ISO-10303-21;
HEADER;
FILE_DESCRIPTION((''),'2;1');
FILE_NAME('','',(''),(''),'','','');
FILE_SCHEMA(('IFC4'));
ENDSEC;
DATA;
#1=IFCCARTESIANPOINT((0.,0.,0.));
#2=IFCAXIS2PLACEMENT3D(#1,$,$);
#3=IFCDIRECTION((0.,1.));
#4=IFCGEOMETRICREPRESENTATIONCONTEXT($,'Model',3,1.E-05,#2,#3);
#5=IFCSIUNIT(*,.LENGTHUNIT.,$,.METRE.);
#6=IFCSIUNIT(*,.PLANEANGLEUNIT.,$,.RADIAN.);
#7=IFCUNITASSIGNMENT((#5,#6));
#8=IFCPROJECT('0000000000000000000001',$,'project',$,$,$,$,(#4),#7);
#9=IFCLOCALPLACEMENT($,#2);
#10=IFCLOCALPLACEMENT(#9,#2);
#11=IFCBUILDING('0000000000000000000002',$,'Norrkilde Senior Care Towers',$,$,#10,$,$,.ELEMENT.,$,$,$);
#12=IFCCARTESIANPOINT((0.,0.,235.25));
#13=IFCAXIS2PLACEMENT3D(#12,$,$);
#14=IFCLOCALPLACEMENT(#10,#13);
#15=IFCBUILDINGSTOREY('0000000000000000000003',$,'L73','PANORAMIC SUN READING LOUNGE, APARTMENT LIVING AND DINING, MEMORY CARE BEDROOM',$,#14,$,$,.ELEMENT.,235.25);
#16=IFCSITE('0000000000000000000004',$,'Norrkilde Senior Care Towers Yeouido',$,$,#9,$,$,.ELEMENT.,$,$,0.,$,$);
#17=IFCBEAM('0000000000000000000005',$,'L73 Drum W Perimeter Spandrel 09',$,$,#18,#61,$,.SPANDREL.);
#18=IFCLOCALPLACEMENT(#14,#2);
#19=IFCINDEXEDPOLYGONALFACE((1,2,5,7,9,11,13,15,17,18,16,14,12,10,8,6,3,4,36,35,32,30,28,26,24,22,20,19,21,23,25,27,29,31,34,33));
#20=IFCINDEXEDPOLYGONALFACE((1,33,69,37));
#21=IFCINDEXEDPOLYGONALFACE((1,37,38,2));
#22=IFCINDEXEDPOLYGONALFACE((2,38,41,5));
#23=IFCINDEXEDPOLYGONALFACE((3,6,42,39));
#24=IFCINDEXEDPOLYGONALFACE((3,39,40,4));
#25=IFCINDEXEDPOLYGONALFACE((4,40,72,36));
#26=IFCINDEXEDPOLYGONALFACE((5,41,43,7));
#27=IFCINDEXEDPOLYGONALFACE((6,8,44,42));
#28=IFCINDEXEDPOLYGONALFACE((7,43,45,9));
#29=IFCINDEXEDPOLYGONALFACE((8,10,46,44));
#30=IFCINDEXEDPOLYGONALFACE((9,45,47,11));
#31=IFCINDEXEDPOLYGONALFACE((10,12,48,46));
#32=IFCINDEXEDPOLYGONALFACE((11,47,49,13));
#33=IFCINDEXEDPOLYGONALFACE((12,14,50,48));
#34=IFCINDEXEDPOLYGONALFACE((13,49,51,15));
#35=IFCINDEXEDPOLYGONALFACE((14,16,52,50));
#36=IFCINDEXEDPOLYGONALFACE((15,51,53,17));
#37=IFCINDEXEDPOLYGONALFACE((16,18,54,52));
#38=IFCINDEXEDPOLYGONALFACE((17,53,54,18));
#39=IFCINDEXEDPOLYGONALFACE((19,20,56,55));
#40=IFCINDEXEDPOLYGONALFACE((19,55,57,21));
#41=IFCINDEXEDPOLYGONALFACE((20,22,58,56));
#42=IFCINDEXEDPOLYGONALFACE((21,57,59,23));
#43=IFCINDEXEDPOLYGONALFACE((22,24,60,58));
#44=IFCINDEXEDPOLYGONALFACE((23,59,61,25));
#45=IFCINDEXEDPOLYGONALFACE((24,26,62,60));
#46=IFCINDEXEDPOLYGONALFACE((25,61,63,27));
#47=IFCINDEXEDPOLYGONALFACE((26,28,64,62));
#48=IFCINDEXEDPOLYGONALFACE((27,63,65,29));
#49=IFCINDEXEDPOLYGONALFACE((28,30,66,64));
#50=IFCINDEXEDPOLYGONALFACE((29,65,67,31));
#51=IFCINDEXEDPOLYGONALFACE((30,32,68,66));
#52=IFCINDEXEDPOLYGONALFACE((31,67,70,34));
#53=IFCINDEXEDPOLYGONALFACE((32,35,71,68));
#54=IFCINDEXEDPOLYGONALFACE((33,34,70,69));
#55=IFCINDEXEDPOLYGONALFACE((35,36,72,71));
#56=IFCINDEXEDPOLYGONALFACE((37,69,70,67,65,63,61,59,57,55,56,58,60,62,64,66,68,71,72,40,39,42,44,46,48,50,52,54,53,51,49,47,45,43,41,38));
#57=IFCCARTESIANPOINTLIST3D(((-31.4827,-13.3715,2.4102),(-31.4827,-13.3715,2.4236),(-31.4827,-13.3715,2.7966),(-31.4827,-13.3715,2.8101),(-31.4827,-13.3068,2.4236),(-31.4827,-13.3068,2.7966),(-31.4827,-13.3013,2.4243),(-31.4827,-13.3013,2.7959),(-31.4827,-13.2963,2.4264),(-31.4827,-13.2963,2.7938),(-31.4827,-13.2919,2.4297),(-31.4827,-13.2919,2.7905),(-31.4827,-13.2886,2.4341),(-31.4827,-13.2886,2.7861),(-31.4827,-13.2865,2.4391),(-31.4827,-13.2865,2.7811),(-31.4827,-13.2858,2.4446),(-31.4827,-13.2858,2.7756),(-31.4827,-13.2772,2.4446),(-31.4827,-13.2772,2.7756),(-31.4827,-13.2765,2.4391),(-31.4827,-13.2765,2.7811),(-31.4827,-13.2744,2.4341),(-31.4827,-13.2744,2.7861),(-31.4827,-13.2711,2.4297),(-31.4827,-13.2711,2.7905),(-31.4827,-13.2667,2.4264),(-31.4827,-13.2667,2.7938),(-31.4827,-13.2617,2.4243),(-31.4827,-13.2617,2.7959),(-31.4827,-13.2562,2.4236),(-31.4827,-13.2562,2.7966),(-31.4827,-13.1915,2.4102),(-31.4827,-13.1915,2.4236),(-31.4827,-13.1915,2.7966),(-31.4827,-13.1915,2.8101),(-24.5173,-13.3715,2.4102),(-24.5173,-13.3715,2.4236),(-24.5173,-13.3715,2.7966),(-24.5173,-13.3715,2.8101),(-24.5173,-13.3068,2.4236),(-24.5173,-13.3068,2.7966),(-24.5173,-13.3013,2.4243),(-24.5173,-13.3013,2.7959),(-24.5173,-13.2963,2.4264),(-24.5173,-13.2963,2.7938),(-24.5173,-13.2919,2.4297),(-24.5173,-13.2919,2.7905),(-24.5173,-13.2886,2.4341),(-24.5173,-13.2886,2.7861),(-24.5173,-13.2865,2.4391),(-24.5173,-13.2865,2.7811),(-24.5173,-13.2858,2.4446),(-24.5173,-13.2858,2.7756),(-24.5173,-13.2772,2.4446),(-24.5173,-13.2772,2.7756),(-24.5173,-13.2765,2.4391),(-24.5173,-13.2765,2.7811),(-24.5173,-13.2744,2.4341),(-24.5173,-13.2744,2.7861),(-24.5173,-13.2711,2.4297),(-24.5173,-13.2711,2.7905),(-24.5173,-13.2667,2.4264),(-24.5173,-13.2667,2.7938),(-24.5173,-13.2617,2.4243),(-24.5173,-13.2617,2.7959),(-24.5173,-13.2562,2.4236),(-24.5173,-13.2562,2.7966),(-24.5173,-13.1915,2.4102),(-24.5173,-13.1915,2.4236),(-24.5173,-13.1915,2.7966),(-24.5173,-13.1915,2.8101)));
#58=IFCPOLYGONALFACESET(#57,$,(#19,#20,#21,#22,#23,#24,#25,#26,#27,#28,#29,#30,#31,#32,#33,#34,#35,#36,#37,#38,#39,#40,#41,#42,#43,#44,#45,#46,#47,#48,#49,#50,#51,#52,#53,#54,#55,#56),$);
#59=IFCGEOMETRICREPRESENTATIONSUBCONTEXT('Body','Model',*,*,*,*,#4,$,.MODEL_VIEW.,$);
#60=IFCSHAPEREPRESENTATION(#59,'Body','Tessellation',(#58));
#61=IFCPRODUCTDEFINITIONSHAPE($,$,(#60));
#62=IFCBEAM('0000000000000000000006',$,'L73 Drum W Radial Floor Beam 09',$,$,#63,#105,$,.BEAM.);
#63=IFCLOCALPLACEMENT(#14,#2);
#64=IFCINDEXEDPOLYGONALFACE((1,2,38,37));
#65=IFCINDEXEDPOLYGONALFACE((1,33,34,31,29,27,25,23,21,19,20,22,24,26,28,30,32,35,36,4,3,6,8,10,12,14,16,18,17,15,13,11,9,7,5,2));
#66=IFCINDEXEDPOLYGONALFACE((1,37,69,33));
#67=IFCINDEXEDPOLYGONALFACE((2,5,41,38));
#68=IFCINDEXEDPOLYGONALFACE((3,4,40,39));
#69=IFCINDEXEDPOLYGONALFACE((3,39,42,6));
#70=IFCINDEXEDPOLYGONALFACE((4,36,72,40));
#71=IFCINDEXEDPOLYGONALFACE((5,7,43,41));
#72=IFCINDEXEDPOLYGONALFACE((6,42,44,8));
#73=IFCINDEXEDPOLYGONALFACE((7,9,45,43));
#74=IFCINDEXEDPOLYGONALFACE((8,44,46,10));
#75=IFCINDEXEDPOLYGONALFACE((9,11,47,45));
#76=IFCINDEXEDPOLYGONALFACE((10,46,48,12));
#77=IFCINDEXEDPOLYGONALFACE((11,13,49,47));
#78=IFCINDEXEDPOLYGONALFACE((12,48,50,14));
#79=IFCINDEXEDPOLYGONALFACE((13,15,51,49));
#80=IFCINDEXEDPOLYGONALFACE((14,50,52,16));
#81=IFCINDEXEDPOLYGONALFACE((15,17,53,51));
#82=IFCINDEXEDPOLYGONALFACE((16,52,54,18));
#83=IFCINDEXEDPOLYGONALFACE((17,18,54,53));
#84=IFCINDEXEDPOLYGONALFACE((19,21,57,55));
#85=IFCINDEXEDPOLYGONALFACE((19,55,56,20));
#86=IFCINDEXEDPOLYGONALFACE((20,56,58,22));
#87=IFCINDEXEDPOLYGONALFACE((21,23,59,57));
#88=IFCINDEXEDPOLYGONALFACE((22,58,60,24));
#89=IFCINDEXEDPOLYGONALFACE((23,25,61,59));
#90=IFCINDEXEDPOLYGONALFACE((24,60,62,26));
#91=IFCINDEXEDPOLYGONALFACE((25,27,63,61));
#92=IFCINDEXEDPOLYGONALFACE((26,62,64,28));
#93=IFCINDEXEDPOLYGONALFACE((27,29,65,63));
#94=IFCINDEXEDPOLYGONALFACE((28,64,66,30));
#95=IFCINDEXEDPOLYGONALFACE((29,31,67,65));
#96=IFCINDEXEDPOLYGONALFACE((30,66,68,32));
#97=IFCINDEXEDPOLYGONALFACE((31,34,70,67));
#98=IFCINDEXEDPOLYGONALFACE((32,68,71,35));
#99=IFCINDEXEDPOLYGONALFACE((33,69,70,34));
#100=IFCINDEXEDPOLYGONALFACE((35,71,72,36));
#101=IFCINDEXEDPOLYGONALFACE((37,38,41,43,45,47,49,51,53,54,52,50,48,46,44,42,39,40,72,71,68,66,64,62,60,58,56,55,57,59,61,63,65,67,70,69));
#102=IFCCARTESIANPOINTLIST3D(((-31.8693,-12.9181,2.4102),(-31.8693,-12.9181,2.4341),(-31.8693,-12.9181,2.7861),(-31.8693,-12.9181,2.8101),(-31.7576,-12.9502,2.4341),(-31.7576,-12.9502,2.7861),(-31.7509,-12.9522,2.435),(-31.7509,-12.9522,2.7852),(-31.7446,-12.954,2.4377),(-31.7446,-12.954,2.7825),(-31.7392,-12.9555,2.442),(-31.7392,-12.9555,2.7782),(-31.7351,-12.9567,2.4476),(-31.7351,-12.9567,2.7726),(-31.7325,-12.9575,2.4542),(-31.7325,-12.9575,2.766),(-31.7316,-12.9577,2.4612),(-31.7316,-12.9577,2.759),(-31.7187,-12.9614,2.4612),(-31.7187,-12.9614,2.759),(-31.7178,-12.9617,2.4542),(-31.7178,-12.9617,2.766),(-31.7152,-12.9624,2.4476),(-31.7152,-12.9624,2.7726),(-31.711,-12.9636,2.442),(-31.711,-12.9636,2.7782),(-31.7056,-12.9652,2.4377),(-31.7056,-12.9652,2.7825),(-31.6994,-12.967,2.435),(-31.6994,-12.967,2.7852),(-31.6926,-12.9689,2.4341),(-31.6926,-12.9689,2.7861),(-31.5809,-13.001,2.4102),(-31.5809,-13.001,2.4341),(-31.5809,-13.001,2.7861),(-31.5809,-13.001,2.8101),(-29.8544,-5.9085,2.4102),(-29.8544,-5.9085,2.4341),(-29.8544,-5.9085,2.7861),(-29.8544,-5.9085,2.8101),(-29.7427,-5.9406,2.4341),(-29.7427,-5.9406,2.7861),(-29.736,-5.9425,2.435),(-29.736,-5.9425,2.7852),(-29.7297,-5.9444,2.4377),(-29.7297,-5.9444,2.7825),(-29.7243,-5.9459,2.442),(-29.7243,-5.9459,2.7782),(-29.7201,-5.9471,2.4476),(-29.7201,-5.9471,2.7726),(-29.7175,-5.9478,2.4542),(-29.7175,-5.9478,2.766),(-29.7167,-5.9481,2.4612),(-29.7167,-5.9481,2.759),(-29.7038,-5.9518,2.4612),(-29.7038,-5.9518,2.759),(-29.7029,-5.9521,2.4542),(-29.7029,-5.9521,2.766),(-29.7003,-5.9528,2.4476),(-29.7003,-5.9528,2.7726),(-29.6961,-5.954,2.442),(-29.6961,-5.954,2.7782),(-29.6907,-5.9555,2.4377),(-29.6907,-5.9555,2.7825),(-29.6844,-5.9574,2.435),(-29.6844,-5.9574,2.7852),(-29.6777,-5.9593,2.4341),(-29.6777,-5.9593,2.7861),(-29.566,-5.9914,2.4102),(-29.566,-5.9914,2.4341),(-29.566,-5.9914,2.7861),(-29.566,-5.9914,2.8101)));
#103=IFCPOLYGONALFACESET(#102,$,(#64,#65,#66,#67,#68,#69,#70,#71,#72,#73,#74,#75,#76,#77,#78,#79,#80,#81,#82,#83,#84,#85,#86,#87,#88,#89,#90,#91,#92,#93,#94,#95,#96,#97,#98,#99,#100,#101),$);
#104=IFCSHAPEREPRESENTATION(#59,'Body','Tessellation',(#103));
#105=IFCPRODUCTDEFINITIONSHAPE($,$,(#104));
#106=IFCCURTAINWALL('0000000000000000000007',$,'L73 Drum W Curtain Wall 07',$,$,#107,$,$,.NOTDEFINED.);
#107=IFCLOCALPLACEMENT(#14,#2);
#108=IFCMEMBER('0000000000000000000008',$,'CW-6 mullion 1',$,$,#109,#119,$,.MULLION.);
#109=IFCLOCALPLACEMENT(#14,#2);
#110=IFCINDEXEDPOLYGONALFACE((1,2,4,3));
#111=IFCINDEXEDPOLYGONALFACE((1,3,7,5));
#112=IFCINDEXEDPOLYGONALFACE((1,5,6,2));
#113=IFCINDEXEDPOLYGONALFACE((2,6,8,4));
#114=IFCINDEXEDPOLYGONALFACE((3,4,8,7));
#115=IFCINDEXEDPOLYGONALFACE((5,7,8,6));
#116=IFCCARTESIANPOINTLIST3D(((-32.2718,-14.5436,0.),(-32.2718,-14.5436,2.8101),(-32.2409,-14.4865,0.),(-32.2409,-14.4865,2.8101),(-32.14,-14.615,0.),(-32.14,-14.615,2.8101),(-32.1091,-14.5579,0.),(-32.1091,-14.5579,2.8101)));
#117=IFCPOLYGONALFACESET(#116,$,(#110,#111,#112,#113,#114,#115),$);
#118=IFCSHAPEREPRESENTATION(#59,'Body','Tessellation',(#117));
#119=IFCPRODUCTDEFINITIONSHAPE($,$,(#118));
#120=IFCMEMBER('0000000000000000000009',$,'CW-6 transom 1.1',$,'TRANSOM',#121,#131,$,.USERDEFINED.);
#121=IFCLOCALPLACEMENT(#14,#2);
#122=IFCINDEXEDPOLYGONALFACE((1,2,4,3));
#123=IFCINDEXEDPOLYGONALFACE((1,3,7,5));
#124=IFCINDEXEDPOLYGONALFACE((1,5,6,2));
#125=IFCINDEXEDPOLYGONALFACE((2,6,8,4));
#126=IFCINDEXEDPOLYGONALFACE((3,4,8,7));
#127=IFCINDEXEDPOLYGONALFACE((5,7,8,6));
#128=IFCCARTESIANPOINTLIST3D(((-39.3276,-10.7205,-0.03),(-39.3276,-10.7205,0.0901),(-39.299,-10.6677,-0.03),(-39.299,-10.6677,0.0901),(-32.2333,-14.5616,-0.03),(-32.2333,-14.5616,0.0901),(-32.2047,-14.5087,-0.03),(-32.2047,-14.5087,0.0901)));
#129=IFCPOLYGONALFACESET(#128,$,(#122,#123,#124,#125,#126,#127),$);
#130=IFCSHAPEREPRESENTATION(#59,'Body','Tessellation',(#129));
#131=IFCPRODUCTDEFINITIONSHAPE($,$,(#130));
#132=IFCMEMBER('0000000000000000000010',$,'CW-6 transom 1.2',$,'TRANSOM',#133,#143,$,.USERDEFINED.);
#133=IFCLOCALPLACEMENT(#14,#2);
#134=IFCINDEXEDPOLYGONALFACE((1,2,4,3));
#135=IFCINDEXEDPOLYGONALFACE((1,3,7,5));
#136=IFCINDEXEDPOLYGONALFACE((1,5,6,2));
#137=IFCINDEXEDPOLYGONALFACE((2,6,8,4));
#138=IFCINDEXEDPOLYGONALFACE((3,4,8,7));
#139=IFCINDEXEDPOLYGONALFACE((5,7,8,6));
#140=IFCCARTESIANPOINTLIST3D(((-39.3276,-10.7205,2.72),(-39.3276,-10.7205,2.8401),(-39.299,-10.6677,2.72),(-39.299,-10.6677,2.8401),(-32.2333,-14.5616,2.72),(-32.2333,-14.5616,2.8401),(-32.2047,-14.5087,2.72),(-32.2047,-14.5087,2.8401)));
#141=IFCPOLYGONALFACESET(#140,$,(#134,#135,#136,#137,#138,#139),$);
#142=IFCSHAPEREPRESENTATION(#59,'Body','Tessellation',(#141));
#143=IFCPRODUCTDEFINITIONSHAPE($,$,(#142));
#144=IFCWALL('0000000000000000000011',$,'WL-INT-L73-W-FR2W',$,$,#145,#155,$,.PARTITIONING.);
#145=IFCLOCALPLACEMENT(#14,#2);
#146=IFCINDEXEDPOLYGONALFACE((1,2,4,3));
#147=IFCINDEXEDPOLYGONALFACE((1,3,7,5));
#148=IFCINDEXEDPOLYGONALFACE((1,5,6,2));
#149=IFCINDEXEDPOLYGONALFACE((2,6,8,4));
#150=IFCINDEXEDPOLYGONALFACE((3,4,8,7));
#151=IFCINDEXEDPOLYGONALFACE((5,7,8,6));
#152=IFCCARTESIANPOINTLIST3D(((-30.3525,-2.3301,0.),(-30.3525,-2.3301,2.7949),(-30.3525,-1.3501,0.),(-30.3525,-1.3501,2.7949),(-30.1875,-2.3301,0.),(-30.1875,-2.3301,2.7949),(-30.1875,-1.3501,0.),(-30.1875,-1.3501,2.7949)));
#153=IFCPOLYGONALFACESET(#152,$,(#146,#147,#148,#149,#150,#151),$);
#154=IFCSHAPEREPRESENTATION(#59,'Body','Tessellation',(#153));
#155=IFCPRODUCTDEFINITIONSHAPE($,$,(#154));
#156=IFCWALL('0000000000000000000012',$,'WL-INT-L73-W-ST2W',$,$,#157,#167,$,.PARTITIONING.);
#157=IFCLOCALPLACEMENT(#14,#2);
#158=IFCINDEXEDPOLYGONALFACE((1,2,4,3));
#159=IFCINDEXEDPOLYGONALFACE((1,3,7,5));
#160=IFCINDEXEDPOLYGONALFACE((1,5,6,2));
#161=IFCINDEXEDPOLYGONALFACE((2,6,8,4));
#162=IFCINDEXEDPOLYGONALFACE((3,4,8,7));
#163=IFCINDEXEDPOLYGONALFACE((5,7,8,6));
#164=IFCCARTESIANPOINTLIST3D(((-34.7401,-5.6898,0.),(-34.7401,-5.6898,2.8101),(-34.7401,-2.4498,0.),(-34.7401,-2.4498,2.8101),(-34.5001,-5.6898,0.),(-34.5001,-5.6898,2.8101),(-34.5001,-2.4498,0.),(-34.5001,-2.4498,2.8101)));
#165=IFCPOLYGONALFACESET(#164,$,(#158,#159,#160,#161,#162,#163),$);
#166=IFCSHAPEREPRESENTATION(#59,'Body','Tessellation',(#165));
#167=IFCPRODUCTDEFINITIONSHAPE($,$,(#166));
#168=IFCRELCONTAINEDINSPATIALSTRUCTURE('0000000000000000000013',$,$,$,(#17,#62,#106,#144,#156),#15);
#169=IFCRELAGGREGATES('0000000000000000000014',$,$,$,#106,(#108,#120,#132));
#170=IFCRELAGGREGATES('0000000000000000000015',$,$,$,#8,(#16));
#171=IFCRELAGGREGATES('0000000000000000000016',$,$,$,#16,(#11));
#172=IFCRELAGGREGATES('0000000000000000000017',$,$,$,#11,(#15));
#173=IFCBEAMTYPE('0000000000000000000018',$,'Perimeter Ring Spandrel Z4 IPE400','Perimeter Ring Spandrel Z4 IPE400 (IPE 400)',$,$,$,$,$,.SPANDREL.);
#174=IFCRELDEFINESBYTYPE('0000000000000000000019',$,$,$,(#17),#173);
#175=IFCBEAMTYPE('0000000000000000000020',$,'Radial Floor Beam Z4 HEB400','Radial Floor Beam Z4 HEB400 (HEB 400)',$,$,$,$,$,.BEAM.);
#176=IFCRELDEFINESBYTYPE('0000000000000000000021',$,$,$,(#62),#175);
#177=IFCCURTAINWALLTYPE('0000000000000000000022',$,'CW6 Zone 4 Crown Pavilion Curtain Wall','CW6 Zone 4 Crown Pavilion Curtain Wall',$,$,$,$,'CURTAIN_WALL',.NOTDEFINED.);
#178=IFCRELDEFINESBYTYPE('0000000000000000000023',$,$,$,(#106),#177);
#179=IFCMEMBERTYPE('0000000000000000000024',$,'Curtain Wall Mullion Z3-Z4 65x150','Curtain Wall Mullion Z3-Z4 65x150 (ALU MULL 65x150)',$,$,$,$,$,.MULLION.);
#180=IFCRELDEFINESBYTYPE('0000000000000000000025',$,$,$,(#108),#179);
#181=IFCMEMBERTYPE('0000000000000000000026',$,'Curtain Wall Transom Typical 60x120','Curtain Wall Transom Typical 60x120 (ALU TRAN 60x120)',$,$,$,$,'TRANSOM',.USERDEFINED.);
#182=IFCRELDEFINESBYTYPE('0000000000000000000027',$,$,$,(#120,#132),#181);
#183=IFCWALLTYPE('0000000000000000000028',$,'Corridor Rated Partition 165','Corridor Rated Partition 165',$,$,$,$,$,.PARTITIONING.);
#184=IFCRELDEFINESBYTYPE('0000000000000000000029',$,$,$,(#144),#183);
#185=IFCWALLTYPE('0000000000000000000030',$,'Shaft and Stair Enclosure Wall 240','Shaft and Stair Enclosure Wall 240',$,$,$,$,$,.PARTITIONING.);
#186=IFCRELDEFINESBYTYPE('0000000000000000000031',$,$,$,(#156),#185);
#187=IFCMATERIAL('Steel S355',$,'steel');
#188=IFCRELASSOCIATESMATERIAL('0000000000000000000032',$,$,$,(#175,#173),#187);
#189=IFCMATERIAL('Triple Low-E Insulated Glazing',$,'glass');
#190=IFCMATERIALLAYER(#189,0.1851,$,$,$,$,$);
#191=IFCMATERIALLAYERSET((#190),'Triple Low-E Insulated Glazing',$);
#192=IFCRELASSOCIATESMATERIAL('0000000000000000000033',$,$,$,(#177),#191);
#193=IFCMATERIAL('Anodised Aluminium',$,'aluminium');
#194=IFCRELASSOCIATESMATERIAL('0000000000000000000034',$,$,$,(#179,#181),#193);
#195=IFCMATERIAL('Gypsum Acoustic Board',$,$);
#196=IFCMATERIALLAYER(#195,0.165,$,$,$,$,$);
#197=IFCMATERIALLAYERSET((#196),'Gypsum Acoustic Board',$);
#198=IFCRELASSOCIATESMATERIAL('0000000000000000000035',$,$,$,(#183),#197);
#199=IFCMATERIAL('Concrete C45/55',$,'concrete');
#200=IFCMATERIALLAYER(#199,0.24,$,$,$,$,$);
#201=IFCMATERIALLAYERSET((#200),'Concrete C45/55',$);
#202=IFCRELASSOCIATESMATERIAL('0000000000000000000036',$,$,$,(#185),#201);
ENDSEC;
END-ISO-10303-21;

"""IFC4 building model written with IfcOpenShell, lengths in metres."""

from ifc_helpers import new_model, si_unit, direction, frame, frame_2d, origin, origin_2d, place, context, subcontext, project, spatial, rectangle, i_section, extrude, source, transform, mapped, material, layer, layer_set, material_profile, profile_set, type_object, type_shapes, element, aggregate, save


model = new_model("IFC4")

# Units and contexts
model_context = context("Model", 3, precision=1e-05, world=origin(), true_north=direction((0.0, 1.0)))
body_context = subcontext(model_context, "Body", "Model", "MODEL_VIEW")
ifc_project = project(units=[si_unit("LENGTHUNIT", "METRE"), si_unit("PLANEANGLEUNIT", "RADIAN")], contexts=[model_context])

# Site, building, storey
site_placement = place(None, origin())
site = spatial("IfcSite", under=ifc_project, at=site_placement, Name="Norrkilde Senior Care Towers Yeouido", CompositionType="ELEMENT", RefElevation=0.0)
building_placement = place(site_placement, origin())
building = spatial("IfcBuilding", under=site, at=building_placement, Name="Norrkilde Senior Care Towers", CompositionType="ELEMENT")
storey_placement = place(building_placement, frame((0.0, 0.0, 235.25)))
storey = spatial("IfcBuildingStorey", under=building, at=storey_placement, Name="L73", Description="PANORAMIC SUN READING LOUNGE, APARTMENT LIVING AND DINING, MEMORY CARE BEDROOM", CompositionType="ELEMENT", Elevation=235.25)

# Beams
ifc_material_1 = material(Name="Steel S355", Category="steel")
ifc_material_profile_1 = material_profile(ifc_material_1, i_section(OverallWidth=0.3, OverallDepth=0.3999, WebThickness=0.0134, FlangeThickness=0.0239, FilletRadius=0.0271, at=origin_2d()), Name="HEB 400")
ifc_profile_set_1 = profile_set([ifc_material_profile_1], Name="Steel S355")
beam_type_1 = type_object("IfcBeamType", Name="Radial Floor Beam Z4 HEB400", Description="Radial Floor Beam Z4 HEB400 (HEB 400)", PredefinedType="BEAM", material=ifc_profile_set_1)
ifc_material_profile_2 = material_profile(ifc_material_1, i_section(OverallWidth=0.1799, OverallDepth=0.3999, WebThickness=0.0085, FlangeThickness=0.0134, FilletRadius=0.021, at=origin_2d()), Name="IPE 400")
ifc_profile_set_2 = profile_set([ifc_material_profile_2], Name="Steel S355")
beam_type_2 = type_object("IfcBeamType", Name="Perimeter Ring Spandrel Z4 IPE400", Description="Perimeter Ring Spandrel Z4 IPE400 (IPE 400)", PredefinedType="SPANDREL", material=ifc_profile_set_2)
shared_shape_1 = source(origin(), body_context, "Body", "SweptSolid", [
    extrude(i_section(OverallWidth=0.1799, OverallDepth=0.3999, WebThickness=0.0085, FlangeThickness=0.0134, FilletRadius=0.021, at=origin_2d()), origin(), (0.0, 0.0, 1.0), 6.9653),
])
type_shapes(beam_type_2, [shared_shape_1])
beam_1_placement = place(storey_placement, frame((-31.4827, -13.2815, 2.6101), z_axis=(1.0, 0.0, 0.0), x_axis=(0.0, 1.0, 0.0)))
element("IfcBeam", 1, at=beam_1_placement, inside=storey, type_object=beam_type_2, Name="L73 Drum W Perimeter Spandrel 09", PredefinedType="SPANDREL", context=body_context, shape_type="MappedRepresentation", body=[
    mapped(shared_shape_1, transform((0.0, 0.0, 0.0), x_axis=(1.0, 0.0, 0.0), y_axis=(0.0, 1.0, 0.0), z_axis=(0.0, 0.0, 1.0), scale=1.0)),
])
shared_shape_2 = source(origin(), body_context, "Body", "SweptSolid", [
    extrude(i_section(OverallWidth=0.3, OverallDepth=0.3999, WebThickness=0.0134, FlangeThickness=0.0239, FilletRadius=0.0271, at=origin_2d()), origin(), (0.0, 0.0, 1.0), 7.2935),
])
beam_2_placement = place(storey_placement, frame((-29.7102, -5.95, 2.6101), z_axis=(-0.276264, -0.961082, 0.0), x_axis=(0.961082, -0.276264, 0.0)))
element("IfcBeam", 2, at=beam_2_placement, inside=storey, type_object=beam_type_1, Name="L73 Drum W Radial Floor Beam 09", PredefinedType="BEAM", context=body_context, shape_type="MappedRepresentation", body=[
    mapped(shared_shape_2, transform((0.0, 0.0, 0.0), x_axis=(1.0, 0.0, 0.0), y_axis=(0.0, 1.0, 0.0), z_axis=(0.0, 0.0, 1.0), scale=1.0)),
])

# Curtain wall, members
ifc_material_2 = material(Name="Triple Low-E Insulated Glazing", Category="glass")
ifc_layer_1 = layer(ifc_material_2, 0.1851)
ifc_layer_set_1 = layer_set([ifc_layer_1], Name="Triple Low-E Insulated Glazing")
curtain_wall_type = type_object("IfcCurtainWallType", Name="CW6 Zone 4 Crown Pavilion Curtain Wall", Description="CW6 Zone 4 Crown Pavilion Curtain Wall", ElementType="CURTAIN_WALL", PredefinedType="NOTDEFINED", material=ifc_layer_set_1)
curtain_wall_placement = place(storey_placement, origin())
curtain_wall = element("IfcCurtainWall", 3, at=curtain_wall_placement, inside=storey, type_object=curtain_wall_type, Name="L73 Drum W Curtain Wall 07", PredefinedType="NOTDEFINED")
ifc_material_3 = material(Name="Anodised Aluminium", Category="aluminium")
ifc_material_profile_3 = material_profile(ifc_material_3, rectangle(XDim=0.0649, YDim=0.1499, at=origin_2d()), Name="ALU MULL 65x150")
ifc_profile_set_3 = profile_set([ifc_material_profile_3], Name="Anodised Aluminium")
member_type_1 = type_object("IfcMemberType", Name="Curtain Wall Mullion Z3-Z4 65x150", Description="Curtain Wall Mullion Z3-Z4 65x150 (ALU MULL 65x150)", PredefinedType="MULLION", material=ifc_profile_set_3)
shared_shape_3 = source(origin(), body_context, "Body", "SweptSolid", [
    extrude(rectangle(XDim=0.0649, YDim=0.1499, at=origin_2d()), origin(), (0.0, 0.0, 1.0), 2.8101),
])
type_shapes(member_type_1, [shared_shape_3])
member_1_placement = place(storey_placement, frame((-32.1904, -14.5508, 0.0), z_axis=(0.0, 0.0, 1.0), x_axis=(-0.476133, -0.879373, 0.0)))
member_1 = element("IfcMember", 4, at=member_1_placement, type_object=member_type_1, Name="CW-6 mullion 1", PredefinedType="MULLION", context=body_context, shape_type="MappedRepresentation", body=[
    mapped(shared_shape_3, transform((0.0, 0.0, 0.0), x_axis=(1.0, 0.0, 0.0), y_axis=(0.0, 1.0, 0.0), z_axis=(0.0, 0.0, 1.0), scale=1.0)),
])
ifc_material_profile_4 = material_profile(ifc_material_3, rectangle(XDim=0.0601, YDim=0.1201, at=origin_2d()), Name="ALU TRAN 60x120")
ifc_profile_set_4 = profile_set([ifc_material_profile_4], Name="Anodised Aluminium")
member_type_2 = type_object("IfcMemberType", Name="Curtain Wall Transom Typical 60x120", Description="Curtain Wall Transom Typical 60x120 (ALU TRAN 60x120)", ElementType="TRANSOM", PredefinedType="USERDEFINED", material=ifc_profile_set_4)
shared_shape_4 = source(origin(), body_context, "Body", "SweptSolid", [
    extrude(rectangle(XDim=0.0601, YDim=0.1201, at=origin_2d()), origin(), (0.0, 0.0, 1.0), 8.0674),
])
type_shapes(member_type_2, [shared_shape_4])
member_2_placement = place(storey_placement, frame((-32.219, -14.5352, 0.03), z_axis=(-0.879378, 0.476125, 0.0), x_axis=(-0.476125, -0.879378, 0.0)))
member_2 = element("IfcMember", 5, at=member_2_placement, type_object=member_type_2, Name="CW-6 transom 1.1", ObjectType="TRANSOM", PredefinedType="USERDEFINED", context=body_context, shape_type="MappedRepresentation", body=[
    mapped(shared_shape_4, transform((0.0, 0.0, 0.0), x_axis=(1.0, 0.0, 0.0), y_axis=(0.0, 1.0, 0.0), z_axis=(0.0, 0.0, 1.0), scale=1.0)),
])
member_3_placement = place(storey_placement, frame((-32.219, -14.5352, 2.78), z_axis=(-0.879378, 0.476125, 0.0), x_axis=(-0.476125, -0.879378, 0.0)))
member_3 = element("IfcMember", 6, at=member_3_placement, type_object=member_type_2, Name="CW-6 transom 1.2", ObjectType="TRANSOM", PredefinedType="USERDEFINED", context=body_context, shape_type="MappedRepresentation", body=[
    mapped(shared_shape_4, transform((0.0, 0.0, 0.0), x_axis=(1.0, 0.0, 0.0), y_axis=(0.0, 1.0, 0.0), z_axis=(0.0, 0.0, 1.0), scale=1.0)),
])
aggregate(curtain_wall, [member_1, member_2, member_3])

# Wall
ifc_material_4 = material(Name="Gypsum Acoustic Board")
ifc_layer_2 = layer(ifc_material_4, 0.165)
ifc_layer_set_2 = layer_set([ifc_layer_2], Name="Gypsum Acoustic Board")
wall_type_1 = type_object("IfcWallType", Name="Corridor Rated Partition 165", Description="Corridor Rated Partition 165", PredefinedType="PARTITIONING", material=ifc_layer_set_2)
shared_shape_5 = source(origin(), body_context, "Body", "SweptSolid", [
    extrude(rectangle(XDim=0.98, YDim=0.165, at=frame_2d((0.49, 0.0))), origin(), (0.0, 0.0, 1.0), 2.7949),
])
type_shapes(wall_type_1, [shared_shape_5])
wall_1_placement = place(storey_placement, frame((-30.27, -2.3301, 0.0), z_axis=(0.0, 0.0, 1.0), x_axis=(0.0, 1.0, 0.0)))
element("IfcWall", 7, at=wall_1_placement, inside=storey, type_object=wall_type_1, Name="WL-INT-L73-W-FR2W", PredefinedType="PARTITIONING", context=body_context, shape_type="MappedRepresentation", body=[
    mapped(shared_shape_5, transform((0.0, 0.0, 0.0), x_axis=(1.0, 0.0, 0.0), y_axis=(0.0, 1.0, 0.0), z_axis=(0.0, 0.0, 1.0), scale=1.0)),
])

# Shared definitions
ifc_material_5 = material(Name="Concrete C45/55", Category="concrete")
ifc_layer_3 = layer(ifc_material_5, 0.24)
ifc_layer_set_3 = layer_set([ifc_layer_3], Name="Concrete C45/55")
wall_type_2 = type_object("IfcWallType", Name="Shaft and Stair Enclosure Wall 240", Description="Shaft and Stair Enclosure Wall 240", PredefinedType="PARTITIONING", material=ifc_layer_set_3)

# Wall
shared_shape_6 = source(origin(), body_context, "Body", "SweptSolid", [
    extrude(rectangle(XDim=3.24, YDim=0.24, at=frame_2d((1.6201, 0.0))), origin(), (0.0, 0.0, 1.0), 2.8101),
])
wall_2_placement = place(storey_placement, frame((-34.6201, -5.6899, 0.0), z_axis=(0.0, 0.0, 1.0), x_axis=(0.0, 1.0, 0.0)))
element("IfcWall", 8, at=wall_2_placement, inside=storey, type_object=wall_type_2, Name="WL-INT-L73-W-ST2W", PredefinedType="PARTITIONING", context=body_context, shape_type="MappedRepresentation", body=[
    mapped(shared_shape_6, transform((0.0, 0.0, 0.0), x_axis=(1.0, 0.0, 0.0), y_axis=(0.0, 1.0, 0.0), z_axis=(0.0, 0.0, 1.0), scale=1.0)),
])

save(model, "model.ifc")
